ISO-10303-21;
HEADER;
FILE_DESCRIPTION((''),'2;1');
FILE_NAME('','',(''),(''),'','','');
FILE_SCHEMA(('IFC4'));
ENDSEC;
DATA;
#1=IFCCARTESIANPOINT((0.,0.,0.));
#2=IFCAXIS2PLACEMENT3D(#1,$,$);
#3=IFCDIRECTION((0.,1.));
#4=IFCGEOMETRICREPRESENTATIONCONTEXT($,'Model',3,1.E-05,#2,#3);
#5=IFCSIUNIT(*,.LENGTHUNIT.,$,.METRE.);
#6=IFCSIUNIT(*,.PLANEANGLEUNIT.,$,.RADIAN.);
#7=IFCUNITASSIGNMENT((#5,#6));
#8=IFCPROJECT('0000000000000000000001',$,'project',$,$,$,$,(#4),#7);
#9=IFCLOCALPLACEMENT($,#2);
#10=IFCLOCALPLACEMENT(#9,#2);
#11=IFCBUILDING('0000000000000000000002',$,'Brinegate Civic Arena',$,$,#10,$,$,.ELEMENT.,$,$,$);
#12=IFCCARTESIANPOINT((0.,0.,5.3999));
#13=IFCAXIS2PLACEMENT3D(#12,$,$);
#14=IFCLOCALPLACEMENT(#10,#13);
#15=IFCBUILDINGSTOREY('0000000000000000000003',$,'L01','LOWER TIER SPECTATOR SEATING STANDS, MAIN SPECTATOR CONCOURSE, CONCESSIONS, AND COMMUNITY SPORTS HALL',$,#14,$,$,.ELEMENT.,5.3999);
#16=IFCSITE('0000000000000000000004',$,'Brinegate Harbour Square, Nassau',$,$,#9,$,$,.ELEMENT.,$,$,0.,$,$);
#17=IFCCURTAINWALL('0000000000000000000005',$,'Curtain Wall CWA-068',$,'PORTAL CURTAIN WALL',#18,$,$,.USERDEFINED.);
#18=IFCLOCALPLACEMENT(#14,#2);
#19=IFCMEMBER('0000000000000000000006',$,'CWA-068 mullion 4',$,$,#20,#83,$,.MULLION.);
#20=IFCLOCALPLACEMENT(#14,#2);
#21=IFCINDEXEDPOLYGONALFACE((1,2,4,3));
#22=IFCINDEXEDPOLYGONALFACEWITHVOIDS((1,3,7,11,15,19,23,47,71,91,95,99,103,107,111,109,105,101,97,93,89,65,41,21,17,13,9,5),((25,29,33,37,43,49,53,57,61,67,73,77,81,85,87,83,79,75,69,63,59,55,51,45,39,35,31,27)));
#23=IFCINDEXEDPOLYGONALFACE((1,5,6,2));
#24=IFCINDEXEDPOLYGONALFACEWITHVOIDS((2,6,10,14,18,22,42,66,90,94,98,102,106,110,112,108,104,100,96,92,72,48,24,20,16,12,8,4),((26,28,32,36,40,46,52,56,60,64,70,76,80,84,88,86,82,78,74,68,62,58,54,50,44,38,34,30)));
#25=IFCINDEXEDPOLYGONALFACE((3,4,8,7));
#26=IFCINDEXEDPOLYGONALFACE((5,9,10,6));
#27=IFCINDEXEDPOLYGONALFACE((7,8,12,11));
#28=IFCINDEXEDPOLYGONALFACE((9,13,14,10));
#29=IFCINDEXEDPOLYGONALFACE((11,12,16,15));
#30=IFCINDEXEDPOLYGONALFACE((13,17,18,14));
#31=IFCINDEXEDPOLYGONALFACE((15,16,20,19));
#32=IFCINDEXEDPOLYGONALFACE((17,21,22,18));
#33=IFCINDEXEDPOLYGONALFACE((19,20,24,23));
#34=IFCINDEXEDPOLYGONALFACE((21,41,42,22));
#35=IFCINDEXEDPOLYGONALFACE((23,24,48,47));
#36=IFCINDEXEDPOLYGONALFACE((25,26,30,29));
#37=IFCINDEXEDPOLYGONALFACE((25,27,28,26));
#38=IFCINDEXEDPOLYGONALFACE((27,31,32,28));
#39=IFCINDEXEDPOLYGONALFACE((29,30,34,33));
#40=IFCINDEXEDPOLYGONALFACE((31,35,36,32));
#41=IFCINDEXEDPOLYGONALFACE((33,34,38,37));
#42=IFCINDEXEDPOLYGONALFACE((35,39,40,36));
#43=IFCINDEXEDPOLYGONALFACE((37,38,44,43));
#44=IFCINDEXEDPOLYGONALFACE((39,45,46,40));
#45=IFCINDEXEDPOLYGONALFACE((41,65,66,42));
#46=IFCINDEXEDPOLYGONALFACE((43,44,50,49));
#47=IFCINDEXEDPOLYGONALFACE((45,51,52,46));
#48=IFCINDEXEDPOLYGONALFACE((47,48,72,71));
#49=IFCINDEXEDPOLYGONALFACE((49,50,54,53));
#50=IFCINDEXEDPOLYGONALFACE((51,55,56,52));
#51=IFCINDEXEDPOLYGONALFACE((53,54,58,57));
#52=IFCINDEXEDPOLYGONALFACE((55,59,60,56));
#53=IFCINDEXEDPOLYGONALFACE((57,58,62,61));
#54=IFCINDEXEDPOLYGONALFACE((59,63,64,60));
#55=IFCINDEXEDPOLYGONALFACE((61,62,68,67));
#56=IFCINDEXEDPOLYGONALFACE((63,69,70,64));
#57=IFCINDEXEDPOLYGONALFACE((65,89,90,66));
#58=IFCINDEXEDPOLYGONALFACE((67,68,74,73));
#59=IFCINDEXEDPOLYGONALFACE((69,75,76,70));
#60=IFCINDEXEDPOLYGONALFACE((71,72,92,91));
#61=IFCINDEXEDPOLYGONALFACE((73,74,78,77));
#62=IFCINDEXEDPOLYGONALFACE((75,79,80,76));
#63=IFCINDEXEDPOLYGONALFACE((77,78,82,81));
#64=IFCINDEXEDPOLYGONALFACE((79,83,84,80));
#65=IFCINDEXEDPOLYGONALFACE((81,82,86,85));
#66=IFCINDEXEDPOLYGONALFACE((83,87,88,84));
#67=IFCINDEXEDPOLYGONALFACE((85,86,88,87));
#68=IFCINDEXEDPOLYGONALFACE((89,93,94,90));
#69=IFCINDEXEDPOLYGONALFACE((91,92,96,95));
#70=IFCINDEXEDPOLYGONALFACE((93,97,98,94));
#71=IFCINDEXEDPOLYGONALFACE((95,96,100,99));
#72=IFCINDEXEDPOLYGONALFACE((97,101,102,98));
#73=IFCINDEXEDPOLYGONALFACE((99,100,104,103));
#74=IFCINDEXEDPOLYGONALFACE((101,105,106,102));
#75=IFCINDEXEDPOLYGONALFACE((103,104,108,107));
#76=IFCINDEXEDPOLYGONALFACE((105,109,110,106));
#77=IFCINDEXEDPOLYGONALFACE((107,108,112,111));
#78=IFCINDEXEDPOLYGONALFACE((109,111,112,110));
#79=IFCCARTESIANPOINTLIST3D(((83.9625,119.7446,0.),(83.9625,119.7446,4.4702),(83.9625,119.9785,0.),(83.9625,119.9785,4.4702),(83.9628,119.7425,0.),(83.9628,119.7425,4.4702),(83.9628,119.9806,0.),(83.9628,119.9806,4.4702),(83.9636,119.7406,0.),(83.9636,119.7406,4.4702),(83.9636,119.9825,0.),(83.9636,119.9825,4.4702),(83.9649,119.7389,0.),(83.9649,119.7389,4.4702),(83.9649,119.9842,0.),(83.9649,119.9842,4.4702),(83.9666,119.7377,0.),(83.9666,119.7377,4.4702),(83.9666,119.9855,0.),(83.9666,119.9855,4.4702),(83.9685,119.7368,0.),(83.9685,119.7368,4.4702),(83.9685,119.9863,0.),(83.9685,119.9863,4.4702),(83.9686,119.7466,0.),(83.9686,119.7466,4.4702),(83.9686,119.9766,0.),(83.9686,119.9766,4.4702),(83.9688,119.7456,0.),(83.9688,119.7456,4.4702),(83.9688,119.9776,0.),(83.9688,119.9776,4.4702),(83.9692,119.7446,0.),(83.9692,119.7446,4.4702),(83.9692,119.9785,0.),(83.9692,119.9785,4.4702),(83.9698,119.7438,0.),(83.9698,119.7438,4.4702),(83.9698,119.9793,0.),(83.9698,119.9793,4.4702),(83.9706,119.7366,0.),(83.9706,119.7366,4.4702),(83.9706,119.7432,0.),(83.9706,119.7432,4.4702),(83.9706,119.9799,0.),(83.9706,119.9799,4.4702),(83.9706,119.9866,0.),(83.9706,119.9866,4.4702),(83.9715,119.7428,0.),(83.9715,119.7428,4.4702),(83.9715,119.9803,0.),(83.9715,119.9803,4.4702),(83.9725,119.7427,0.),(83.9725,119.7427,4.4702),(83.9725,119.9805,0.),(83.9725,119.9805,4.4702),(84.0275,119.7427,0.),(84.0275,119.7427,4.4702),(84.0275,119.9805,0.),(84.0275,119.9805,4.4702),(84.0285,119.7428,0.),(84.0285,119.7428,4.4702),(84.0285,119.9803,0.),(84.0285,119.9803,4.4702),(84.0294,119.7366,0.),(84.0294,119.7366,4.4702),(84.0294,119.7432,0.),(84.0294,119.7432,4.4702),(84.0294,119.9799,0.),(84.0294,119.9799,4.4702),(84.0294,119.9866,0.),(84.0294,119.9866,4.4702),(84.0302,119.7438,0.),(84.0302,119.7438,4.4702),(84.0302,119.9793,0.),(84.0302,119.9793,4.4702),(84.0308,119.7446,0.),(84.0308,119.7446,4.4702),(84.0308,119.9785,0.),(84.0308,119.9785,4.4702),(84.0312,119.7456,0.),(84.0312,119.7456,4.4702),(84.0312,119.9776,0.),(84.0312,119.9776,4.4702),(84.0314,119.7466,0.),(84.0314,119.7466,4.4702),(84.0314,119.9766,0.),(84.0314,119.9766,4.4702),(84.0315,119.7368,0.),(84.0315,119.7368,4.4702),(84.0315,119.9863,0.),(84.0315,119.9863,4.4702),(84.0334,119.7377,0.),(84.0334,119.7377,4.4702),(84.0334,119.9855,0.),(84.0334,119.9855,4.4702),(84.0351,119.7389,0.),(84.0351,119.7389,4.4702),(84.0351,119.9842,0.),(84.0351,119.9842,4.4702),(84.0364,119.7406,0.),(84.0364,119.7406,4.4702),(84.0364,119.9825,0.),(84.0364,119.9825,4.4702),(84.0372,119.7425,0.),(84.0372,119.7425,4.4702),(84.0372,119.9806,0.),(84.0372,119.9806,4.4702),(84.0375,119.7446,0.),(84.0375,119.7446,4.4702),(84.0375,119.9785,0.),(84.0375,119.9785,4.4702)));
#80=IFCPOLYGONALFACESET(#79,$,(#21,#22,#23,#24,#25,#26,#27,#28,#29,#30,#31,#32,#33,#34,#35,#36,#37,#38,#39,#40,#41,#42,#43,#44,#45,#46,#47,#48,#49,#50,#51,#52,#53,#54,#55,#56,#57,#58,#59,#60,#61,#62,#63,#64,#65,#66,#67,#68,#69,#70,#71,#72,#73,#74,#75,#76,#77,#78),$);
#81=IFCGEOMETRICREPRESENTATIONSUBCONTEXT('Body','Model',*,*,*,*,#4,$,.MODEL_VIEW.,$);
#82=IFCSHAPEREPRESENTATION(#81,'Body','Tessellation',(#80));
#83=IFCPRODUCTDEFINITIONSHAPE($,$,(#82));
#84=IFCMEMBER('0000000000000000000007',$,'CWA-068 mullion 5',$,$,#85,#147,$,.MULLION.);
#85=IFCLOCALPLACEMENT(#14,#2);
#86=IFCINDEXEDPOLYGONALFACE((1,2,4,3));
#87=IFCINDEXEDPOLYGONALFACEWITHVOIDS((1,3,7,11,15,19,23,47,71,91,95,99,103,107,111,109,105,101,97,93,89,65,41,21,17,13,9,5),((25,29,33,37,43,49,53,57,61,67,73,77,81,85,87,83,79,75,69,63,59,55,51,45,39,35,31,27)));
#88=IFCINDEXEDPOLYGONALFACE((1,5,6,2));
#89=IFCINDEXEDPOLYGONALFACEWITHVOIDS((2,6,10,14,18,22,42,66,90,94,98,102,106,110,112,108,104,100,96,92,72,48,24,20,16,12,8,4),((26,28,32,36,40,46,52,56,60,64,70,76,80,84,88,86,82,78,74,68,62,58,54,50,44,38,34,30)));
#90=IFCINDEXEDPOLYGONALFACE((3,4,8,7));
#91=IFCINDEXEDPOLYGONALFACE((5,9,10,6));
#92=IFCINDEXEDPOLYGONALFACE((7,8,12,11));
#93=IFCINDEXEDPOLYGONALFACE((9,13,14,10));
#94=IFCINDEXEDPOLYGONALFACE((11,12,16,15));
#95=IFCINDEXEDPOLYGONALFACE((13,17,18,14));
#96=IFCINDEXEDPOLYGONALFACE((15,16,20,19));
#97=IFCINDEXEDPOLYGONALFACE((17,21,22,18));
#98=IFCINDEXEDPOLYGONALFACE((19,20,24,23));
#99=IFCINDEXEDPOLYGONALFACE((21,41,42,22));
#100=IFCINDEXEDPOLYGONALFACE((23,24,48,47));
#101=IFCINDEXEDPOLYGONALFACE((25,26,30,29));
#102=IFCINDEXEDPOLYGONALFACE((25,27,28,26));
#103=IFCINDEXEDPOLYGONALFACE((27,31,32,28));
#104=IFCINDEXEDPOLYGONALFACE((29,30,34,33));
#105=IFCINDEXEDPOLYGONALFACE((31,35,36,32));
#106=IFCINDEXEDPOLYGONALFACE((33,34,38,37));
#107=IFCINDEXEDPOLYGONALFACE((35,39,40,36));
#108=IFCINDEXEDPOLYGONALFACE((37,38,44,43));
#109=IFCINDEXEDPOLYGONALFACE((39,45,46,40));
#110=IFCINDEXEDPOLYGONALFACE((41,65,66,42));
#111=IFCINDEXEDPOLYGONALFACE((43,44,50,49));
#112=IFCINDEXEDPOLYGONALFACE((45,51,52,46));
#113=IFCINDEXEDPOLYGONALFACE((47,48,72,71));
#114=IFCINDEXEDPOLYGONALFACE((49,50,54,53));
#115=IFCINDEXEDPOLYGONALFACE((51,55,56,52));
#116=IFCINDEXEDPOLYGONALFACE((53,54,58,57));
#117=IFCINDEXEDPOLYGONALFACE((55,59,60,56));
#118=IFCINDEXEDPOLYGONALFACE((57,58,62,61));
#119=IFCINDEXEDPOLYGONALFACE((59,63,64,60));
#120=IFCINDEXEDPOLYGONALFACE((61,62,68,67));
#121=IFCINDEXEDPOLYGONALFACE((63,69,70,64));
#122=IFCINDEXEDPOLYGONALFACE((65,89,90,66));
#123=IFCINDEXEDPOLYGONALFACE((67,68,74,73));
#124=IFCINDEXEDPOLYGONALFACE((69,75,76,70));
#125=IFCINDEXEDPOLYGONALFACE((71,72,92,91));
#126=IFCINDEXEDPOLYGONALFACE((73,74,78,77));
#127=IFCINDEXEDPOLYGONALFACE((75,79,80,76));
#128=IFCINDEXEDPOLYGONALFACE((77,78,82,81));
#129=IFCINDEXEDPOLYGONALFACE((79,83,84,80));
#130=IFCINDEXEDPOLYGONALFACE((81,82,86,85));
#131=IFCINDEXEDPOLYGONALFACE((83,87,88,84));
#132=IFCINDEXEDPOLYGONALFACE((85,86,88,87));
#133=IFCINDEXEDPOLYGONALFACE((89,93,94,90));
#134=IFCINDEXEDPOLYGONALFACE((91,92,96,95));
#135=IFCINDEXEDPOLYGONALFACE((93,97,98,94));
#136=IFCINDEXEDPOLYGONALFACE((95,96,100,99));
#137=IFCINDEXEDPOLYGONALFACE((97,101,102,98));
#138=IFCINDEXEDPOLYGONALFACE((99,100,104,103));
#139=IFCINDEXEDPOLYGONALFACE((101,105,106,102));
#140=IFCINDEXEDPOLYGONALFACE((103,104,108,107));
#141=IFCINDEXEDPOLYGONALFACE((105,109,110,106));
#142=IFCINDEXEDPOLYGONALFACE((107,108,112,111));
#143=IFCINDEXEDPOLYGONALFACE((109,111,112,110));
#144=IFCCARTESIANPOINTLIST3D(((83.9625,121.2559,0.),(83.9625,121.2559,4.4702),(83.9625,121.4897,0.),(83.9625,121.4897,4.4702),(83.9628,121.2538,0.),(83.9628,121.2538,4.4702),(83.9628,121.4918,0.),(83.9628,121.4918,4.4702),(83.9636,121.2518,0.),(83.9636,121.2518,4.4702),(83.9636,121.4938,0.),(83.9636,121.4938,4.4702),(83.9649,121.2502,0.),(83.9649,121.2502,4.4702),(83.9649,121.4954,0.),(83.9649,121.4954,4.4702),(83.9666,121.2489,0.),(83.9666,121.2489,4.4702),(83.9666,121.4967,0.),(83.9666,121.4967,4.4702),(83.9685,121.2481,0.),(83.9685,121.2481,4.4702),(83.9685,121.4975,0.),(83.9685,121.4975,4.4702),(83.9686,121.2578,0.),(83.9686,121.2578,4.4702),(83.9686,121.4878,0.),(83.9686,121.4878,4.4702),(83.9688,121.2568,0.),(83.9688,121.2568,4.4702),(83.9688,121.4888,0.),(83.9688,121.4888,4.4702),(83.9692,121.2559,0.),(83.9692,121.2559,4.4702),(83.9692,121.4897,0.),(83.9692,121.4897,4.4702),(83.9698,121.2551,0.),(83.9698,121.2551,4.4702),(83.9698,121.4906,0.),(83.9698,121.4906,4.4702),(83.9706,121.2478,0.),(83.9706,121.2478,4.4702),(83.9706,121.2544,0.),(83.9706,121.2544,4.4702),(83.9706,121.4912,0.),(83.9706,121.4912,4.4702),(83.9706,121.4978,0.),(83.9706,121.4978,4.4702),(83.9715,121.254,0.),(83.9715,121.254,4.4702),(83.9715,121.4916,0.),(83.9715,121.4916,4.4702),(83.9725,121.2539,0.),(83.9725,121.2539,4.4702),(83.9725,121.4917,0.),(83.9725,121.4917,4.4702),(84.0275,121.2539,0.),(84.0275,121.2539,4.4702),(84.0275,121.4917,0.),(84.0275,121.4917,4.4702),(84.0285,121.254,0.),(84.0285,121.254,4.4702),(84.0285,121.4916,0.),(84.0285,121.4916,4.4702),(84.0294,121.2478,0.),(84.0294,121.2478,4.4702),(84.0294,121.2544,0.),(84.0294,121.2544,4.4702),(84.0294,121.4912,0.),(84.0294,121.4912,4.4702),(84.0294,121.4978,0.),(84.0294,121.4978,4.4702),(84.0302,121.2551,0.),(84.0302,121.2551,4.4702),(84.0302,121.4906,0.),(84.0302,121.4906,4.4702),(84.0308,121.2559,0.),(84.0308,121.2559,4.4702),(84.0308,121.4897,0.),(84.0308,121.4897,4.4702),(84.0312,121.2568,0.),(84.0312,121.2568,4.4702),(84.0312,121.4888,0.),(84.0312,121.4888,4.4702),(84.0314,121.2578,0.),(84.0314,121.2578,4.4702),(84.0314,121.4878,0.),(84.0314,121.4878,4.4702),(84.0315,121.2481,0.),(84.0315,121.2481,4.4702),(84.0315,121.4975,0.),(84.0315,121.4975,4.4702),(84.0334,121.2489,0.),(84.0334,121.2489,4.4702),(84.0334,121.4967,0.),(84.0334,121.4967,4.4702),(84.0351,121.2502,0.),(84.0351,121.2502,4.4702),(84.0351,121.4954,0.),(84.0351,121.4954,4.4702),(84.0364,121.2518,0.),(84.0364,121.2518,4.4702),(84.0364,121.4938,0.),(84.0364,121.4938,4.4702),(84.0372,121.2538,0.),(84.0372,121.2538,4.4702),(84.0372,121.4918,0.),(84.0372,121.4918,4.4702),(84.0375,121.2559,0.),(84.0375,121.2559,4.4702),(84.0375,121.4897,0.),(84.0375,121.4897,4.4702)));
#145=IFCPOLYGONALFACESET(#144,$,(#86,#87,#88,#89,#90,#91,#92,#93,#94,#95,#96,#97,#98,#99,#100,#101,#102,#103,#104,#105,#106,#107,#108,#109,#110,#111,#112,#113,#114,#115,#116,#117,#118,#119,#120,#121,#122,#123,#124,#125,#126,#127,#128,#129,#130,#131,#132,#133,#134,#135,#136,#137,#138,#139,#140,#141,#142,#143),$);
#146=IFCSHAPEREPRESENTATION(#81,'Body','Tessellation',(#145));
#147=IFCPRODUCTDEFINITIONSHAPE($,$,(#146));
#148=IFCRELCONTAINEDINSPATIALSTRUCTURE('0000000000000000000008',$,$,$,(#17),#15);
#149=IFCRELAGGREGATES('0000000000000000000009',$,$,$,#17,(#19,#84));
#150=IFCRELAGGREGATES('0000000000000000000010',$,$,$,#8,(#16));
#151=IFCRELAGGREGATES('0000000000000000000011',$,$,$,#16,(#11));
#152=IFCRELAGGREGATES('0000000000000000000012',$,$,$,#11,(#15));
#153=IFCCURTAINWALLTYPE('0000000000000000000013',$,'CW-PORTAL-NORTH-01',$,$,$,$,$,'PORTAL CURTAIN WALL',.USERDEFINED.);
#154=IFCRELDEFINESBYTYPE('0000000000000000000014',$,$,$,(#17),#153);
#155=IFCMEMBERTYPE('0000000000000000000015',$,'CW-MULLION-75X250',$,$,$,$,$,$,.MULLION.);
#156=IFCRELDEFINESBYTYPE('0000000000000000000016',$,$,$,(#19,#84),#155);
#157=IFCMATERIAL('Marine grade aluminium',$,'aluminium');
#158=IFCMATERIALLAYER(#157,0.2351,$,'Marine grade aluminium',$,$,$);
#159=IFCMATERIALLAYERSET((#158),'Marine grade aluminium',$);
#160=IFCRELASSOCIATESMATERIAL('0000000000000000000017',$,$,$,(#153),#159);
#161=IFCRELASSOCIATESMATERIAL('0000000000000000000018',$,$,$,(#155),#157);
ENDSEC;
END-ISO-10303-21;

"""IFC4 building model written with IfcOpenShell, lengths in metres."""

from ifc_helpers import new_model, si_unit, direction, frame, origin, origin_2d, place, context, subcontext, project, spatial, hollow_rectangle, extrude, material, layer, layer_set, material_profile, profile_set, type_object, element, aggregate, save


model = new_model("IFC4")

# Units and contexts
model_context = context("Model", 3, precision=1e-05, world=origin(), true_north=direction((0.0, 1.0)))
body_context = subcontext(model_context, "Body", "Model", "MODEL_VIEW")
ifc_project = project(units=[si_unit("LENGTHUNIT", "METRE"), si_unit("PLANEANGLEUNIT", "RADIAN")], contexts=[model_context])

# Site, building, storey
site_placement = place(None, origin())
site = spatial("IfcSite", under=ifc_project, at=site_placement, Name="Brinegate Harbour Square, Nassau", CompositionType="ELEMENT", RefElevation=0.0)
building_placement = place(site_placement, origin())
building = spatial("IfcBuilding", under=site, at=building_placement, Name="Brinegate Civic Arena", CompositionType="ELEMENT")
storey_placement = place(building_placement, frame((0.0, 0.0, 5.3999)))
storey = spatial("IfcBuildingStorey", under=building, at=storey_placement, Name="L01", Description="LOWER TIER SPECTATOR SEATING STANDS, MAIN SPECTATOR CONCOURSE, CONCESSIONS, AND COMMUNITY SPORTS HALL", CompositionType="ELEMENT", Elevation=5.3999)

# Curtain wall, members
ifc_material_1 = material(Name="Marine grade aluminium", Category="aluminium")
ifc_layer_1 = layer(ifc_material_1, 0.2351, Name="Marine grade aluminium")
ifc_layer_set_1 = layer_set([ifc_layer_1], Name="Marine grade aluminium")
curtain_wall_type = type_object("IfcCurtainWallType", Name="CW-PORTAL-NORTH-01", ElementType="PORTAL CURTAIN WALL", PredefinedType="USERDEFINED", material=ifc_layer_set_1)
curtain_wall_placement = place(storey_placement, origin())
curtain_wall = element("IfcCurtainWall", 1, at=curtain_wall_placement, inside=storey, type_object=curtain_wall_type, Name="Curtain Wall CWA-068", ObjectType="PORTAL CURTAIN WALL", PredefinedType="USERDEFINED")
ifc_material_profile_1 = material_profile(ifc_material_1, hollow_rectangle(XDim=0.075, YDim=0.25, WallThickness=0.0061, InnerFilletRadius=0.0039, OuterFilletRadius=0.0081, at=origin_2d()), Name="MUL75X250")
ifc_profile_set_1 = profile_set([ifc_material_profile_1], Name="Marine grade aluminium")
member_type_1 = type_object("IfcMemberType", Name="CW-MULLION-75X250", PredefinedType="MULLION", material=ifc_profile_set_1)
member_1_placement = place(storey_placement, frame((84.0, 119.8616, 0.0), z_axis=(0.0, 0.0, 1.0), x_axis=(-1.0, 0.0, 0.0)))
member_1 = element("IfcMember", 2, at=member_1_placement, type_object=member_type_1, Name="CWA-068 mullion 4", PredefinedType="MULLION", context=body_context, shape_type="SweptSolid", body=[
    extrude(hollow_rectangle(XDim=0.075, YDim=0.25, WallThickness=0.0061, InnerFilletRadius=0.0039, OuterFilletRadius=0.0081, at=origin_2d()), origin(), (0.0, 0.0, 1.0), 4.4702),
])
member_2_placement = place(storey_placement, frame((84.0, 121.3728, 0.0), z_axis=(0.0, 0.0, 1.0), x_axis=(-1.0, 0.0, 0.0)))
member_2 = element("IfcMember", 3, at=member_2_placement, type_object=member_type_1, Name="CWA-068 mullion 5", PredefinedType="MULLION", context=body_context, shape_type="SweptSolid", body=[
    extrude(hollow_rectangle(XDim=0.075, YDim=0.25, WallThickness=0.0061, InnerFilletRadius=0.0039, OuterFilletRadius=0.0081, at=origin_2d()), origin(), (0.0, 0.0, 1.0), 4.4702),
])
aggregate(curtain_wall, [member_1, member_2])

save(model, "model.ifc")
